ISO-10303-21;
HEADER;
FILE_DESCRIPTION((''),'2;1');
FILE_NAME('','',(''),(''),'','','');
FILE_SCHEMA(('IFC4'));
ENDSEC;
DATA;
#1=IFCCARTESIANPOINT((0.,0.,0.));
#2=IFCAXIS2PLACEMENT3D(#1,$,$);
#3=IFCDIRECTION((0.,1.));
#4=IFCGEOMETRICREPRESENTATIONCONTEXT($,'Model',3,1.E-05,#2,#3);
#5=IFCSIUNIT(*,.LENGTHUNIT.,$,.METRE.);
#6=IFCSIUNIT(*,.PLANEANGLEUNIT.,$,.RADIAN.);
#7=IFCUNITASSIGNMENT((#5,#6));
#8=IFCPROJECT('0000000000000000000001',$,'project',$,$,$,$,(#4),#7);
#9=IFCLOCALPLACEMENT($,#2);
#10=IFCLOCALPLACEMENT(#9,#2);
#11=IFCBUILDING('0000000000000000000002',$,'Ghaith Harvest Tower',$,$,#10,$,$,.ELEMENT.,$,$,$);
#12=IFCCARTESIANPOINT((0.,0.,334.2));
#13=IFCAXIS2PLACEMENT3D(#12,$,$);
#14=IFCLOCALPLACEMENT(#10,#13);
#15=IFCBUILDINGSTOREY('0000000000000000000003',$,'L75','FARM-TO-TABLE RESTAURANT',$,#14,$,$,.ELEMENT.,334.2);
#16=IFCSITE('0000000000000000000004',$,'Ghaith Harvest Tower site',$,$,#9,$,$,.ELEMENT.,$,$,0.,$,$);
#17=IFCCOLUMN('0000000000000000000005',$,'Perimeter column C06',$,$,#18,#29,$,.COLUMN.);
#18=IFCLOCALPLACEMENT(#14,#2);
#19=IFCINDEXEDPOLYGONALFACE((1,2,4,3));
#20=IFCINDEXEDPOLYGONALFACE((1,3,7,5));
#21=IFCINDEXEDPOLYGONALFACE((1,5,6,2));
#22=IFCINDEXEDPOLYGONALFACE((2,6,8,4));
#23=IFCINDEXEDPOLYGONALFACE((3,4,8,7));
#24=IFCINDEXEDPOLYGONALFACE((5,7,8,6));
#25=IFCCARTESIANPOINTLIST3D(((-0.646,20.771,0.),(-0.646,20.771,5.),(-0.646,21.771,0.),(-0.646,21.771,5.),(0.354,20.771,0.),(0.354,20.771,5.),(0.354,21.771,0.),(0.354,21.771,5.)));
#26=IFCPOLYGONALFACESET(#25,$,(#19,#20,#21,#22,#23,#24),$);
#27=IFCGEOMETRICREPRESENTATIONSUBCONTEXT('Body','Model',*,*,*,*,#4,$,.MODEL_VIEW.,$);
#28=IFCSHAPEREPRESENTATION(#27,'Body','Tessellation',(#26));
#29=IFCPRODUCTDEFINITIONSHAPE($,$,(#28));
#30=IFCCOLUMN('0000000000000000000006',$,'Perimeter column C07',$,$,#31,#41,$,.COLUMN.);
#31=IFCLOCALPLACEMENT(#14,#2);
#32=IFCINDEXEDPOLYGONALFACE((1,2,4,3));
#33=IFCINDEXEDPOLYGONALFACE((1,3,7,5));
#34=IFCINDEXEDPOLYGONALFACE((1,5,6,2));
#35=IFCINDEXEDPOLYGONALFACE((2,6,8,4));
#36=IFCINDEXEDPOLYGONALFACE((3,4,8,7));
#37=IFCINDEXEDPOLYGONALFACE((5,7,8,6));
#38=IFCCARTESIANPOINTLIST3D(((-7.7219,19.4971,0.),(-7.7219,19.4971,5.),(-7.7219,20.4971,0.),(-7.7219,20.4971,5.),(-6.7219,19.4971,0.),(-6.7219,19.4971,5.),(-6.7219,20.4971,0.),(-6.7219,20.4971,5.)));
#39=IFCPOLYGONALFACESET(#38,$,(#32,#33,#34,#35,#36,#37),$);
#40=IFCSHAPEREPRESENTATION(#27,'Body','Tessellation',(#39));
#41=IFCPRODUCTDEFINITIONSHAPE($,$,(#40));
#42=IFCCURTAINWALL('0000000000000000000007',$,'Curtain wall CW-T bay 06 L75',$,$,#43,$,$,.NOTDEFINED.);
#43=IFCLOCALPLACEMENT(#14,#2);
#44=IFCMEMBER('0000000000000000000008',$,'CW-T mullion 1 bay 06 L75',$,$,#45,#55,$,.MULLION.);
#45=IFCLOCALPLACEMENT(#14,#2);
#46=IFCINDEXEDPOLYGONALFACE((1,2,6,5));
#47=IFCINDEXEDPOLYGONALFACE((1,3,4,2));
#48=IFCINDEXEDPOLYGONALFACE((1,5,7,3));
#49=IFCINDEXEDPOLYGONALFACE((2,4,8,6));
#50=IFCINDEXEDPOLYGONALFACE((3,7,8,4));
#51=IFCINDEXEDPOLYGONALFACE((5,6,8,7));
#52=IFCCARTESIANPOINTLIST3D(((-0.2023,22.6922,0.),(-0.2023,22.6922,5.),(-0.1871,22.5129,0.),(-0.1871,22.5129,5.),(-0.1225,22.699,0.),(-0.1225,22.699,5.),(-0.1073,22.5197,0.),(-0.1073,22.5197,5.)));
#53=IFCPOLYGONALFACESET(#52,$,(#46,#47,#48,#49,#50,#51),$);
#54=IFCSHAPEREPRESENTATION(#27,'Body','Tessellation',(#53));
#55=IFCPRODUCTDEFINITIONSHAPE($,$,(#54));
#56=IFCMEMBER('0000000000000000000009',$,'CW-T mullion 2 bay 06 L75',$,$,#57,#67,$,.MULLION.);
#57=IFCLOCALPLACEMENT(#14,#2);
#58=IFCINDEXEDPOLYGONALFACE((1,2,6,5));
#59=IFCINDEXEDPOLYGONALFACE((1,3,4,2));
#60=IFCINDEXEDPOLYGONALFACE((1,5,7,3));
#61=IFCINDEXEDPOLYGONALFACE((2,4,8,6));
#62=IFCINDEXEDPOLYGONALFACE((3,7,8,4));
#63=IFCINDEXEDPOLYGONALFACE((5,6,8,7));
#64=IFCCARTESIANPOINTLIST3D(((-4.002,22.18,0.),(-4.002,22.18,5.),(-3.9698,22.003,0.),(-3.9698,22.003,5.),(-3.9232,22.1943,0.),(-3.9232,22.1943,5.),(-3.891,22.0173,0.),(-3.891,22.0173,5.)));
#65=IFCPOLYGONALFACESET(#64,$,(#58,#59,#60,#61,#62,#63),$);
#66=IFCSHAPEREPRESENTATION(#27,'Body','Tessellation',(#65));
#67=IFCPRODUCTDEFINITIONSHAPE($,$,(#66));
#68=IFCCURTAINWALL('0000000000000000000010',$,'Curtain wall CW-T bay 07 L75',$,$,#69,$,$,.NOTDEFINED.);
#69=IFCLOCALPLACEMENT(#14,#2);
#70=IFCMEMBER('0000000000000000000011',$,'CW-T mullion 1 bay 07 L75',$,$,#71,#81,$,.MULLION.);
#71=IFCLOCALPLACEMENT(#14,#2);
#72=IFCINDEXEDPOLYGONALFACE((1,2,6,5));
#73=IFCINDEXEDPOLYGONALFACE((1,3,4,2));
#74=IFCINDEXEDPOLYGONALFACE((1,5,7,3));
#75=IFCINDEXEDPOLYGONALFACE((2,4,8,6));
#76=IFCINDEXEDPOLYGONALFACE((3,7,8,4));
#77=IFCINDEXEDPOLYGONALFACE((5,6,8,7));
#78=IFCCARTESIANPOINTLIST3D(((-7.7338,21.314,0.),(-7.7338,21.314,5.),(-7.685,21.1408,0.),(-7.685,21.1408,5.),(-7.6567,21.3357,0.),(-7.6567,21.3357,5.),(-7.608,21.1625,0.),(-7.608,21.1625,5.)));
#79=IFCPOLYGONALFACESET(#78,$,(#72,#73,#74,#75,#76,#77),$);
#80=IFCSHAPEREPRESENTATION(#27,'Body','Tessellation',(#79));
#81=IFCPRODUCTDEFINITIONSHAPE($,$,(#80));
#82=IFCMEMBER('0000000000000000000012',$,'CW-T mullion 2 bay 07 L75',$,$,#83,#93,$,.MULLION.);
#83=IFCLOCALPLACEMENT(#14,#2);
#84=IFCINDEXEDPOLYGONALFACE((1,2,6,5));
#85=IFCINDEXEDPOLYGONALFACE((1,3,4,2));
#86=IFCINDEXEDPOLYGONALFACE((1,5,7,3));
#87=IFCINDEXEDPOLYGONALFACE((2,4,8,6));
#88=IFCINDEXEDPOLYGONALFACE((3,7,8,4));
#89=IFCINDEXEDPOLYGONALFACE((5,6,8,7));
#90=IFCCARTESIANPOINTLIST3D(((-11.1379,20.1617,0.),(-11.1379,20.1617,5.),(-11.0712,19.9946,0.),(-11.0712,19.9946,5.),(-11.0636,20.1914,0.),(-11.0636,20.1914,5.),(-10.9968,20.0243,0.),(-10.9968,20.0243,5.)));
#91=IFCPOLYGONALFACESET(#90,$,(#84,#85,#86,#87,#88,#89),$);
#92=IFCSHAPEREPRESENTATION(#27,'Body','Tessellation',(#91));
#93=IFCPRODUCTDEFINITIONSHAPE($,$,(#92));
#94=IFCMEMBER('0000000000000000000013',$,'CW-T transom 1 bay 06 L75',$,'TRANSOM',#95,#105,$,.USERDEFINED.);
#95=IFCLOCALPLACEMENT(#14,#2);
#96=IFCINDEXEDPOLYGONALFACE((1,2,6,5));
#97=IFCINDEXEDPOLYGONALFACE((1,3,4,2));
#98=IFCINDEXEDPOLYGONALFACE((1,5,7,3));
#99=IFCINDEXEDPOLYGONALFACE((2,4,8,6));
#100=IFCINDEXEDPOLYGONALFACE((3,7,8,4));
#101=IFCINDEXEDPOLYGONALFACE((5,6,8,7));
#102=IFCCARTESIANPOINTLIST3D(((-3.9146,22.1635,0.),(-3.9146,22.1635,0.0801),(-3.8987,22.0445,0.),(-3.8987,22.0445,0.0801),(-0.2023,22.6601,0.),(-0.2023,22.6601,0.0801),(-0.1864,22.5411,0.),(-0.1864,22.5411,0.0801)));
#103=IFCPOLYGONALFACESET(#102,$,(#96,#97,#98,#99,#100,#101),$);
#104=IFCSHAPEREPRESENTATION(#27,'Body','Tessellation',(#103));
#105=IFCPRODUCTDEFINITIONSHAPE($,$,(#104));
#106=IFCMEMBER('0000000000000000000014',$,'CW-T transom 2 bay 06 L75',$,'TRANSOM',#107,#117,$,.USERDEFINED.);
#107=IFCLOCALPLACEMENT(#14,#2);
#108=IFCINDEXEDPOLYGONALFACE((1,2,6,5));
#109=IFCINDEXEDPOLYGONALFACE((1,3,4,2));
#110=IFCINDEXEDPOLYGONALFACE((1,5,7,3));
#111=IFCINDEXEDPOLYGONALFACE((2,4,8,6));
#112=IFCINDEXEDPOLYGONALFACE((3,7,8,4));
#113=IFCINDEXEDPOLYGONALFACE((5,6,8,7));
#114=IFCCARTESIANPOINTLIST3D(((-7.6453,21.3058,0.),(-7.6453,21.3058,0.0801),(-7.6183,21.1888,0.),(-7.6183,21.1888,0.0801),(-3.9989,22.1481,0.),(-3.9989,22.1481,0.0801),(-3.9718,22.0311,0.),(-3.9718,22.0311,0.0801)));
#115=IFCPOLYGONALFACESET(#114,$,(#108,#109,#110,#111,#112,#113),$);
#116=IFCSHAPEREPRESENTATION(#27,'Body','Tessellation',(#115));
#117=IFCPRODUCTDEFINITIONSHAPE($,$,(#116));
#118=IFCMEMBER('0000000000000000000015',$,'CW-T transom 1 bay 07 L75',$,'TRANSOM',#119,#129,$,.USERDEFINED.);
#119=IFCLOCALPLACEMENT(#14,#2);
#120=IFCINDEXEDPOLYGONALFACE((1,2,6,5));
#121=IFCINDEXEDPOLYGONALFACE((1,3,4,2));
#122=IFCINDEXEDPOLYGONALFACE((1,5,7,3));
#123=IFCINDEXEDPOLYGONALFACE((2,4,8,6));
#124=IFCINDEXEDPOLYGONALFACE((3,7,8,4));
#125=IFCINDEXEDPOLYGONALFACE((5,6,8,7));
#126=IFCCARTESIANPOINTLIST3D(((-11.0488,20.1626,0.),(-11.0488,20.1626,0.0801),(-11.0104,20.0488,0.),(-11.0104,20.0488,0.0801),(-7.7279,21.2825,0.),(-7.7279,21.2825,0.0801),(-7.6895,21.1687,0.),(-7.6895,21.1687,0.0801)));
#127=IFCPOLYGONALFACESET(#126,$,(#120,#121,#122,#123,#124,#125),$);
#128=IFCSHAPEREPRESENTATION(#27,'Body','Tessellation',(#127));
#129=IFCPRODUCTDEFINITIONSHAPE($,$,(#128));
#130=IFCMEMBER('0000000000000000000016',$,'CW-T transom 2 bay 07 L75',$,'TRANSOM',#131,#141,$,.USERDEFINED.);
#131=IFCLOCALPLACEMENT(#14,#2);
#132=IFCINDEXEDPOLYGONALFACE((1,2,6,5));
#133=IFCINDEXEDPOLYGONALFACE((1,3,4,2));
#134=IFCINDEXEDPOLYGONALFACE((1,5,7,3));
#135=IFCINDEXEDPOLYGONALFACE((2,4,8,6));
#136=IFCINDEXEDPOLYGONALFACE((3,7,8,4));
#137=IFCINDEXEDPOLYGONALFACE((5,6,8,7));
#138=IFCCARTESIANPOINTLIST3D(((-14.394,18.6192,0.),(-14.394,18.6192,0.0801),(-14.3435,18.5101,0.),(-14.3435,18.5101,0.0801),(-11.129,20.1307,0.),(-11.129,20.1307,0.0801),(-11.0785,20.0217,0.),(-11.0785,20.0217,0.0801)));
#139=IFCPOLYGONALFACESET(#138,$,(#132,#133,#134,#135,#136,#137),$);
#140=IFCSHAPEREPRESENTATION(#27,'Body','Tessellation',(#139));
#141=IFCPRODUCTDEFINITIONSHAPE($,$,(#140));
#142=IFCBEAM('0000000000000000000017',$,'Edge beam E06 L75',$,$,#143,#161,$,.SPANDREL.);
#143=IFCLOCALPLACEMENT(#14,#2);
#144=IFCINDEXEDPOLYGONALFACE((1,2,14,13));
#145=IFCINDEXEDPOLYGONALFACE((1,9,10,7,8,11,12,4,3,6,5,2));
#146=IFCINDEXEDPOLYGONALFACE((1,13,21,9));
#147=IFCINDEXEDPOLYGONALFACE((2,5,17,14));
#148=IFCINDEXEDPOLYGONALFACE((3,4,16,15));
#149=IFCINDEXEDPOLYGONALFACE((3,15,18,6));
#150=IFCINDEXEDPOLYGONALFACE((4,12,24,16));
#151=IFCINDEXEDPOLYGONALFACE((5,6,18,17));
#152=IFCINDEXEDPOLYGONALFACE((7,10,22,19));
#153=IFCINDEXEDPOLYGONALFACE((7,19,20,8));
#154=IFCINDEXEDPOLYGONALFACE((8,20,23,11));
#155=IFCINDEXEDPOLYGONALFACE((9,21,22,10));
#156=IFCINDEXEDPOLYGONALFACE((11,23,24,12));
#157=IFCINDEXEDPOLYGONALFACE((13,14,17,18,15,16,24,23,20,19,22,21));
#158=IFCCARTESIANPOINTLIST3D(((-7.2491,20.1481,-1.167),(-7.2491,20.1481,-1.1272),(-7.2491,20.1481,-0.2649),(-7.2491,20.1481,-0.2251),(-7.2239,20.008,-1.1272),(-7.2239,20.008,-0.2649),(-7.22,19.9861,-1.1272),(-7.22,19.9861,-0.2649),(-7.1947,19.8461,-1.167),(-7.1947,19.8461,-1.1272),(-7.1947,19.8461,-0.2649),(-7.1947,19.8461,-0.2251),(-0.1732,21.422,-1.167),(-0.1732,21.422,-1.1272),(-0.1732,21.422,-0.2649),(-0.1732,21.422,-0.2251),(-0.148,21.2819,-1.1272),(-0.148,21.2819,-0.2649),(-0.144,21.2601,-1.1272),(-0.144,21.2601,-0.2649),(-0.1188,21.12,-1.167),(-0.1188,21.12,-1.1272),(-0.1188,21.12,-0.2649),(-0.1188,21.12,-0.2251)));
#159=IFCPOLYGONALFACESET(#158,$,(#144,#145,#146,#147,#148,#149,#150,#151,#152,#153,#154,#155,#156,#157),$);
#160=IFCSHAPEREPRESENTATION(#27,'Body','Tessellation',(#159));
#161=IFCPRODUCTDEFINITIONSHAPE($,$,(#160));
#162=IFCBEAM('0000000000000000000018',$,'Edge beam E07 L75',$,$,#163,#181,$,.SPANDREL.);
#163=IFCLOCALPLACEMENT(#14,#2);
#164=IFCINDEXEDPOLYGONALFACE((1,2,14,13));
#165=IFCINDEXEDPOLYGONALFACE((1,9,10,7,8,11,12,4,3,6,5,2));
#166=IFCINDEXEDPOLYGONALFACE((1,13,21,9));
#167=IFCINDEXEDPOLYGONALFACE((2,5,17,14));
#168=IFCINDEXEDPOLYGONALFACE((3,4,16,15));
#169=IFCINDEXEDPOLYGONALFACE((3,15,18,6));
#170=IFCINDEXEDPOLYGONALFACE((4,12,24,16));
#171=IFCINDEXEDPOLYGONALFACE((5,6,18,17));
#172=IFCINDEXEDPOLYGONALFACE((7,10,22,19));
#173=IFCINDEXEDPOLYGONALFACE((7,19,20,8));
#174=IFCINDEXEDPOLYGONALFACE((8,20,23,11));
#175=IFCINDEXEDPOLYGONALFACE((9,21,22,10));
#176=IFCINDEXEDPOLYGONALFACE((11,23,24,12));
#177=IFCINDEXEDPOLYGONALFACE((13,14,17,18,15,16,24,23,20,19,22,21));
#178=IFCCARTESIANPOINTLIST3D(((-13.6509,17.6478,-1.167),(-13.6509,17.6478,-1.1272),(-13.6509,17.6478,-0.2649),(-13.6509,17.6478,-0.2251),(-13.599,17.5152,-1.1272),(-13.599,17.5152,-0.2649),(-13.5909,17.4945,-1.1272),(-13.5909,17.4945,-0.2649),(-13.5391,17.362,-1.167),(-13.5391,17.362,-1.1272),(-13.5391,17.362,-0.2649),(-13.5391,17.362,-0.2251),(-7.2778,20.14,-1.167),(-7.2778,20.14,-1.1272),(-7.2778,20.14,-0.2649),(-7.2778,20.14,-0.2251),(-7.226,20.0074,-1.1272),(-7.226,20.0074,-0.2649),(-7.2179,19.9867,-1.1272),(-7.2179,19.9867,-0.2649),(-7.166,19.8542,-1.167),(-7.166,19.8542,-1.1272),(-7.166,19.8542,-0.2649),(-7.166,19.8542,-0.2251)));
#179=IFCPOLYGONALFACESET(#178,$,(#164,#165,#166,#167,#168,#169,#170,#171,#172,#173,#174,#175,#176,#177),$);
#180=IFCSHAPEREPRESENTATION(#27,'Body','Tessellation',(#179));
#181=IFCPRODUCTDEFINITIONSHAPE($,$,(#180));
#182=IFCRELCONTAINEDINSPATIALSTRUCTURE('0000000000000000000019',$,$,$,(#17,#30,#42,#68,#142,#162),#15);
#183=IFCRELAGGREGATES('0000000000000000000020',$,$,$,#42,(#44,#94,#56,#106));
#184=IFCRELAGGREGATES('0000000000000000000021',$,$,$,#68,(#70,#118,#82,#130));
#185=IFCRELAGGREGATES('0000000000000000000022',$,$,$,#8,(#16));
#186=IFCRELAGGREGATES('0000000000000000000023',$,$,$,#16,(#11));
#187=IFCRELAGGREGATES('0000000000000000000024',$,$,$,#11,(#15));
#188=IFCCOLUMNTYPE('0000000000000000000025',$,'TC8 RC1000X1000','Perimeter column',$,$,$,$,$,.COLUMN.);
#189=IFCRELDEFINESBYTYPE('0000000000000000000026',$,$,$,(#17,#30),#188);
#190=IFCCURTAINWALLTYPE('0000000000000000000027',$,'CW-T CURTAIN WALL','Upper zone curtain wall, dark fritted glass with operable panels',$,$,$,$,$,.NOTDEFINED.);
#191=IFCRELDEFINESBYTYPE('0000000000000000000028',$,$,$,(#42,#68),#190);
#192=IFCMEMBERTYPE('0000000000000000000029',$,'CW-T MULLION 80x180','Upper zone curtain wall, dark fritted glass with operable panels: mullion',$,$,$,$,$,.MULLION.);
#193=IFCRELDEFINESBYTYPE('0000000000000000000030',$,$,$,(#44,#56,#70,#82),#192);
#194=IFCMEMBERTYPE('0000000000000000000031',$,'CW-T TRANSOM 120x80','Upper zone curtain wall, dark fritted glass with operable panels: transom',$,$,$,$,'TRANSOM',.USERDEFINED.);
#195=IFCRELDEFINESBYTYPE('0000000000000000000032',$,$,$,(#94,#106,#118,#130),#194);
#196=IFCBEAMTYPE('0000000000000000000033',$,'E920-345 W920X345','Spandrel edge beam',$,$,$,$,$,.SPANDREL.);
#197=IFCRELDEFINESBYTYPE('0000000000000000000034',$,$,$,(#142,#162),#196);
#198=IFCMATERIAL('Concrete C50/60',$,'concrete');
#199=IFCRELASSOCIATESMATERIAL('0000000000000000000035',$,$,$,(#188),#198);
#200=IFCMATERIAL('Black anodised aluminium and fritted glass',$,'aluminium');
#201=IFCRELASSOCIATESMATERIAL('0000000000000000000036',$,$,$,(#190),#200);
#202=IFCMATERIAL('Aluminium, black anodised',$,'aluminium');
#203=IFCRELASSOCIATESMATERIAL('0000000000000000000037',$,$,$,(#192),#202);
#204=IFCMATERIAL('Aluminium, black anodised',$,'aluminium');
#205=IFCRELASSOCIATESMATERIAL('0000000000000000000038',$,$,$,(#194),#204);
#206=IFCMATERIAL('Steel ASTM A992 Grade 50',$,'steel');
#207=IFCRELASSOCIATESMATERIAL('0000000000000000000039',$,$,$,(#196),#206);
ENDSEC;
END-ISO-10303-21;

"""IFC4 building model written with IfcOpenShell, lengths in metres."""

from ifc_helpers import new_model, si_unit, direction, frame, origin, origin_2d, place, context, subcontext, project, spatial, rectangle, i_section, extrude, material, material_profile, profile_set, type_object, element, aggregate, save


model = new_model("IFC4")

# Units and contexts
model_context = context("Model", 3, precision=1e-05, world=origin(), true_north=direction((0.0, 1.0)))
body_context = subcontext(model_context, "Body", "Model", "MODEL_VIEW")
ifc_project = project(units=[si_unit("LENGTHUNIT", "METRE"), si_unit("PLANEANGLEUNIT", "RADIAN")], contexts=[model_context])

# Site, building, storey
site_placement = place(None, origin())
site = spatial("IfcSite", under=ifc_project, at=site_placement, Name="Ghaith Harvest Tower site", CompositionType="ELEMENT", RefElevation=0.0)
building_placement = place(site_placement, origin())
building = spatial("IfcBuilding", under=site, at=building_placement, Name="Ghaith Harvest Tower", CompositionType="ELEMENT")
storey_placement = place(building_placement, frame((0.0, 0.0, 334.2)))
storey = spatial("IfcBuildingStorey", under=building, at=storey_placement, Name="L75", Description="FARM-TO-TABLE RESTAURANT", CompositionType="ELEMENT", Elevation=334.2)

# Columns
ifc_material_1 = material(Name="Concrete C50/60", Category="concrete")
ifc_material_profile_1 = material_profile(ifc_material_1, rectangle(XDim=1.0, YDim=1.0, at=origin_2d()), Name="RC1000X1000")
ifc_profile_set_1 = profile_set([ifc_material_profile_1], Name="Concrete C50/60")
column_type = type_object("IfcColumnType", Name="TC8 RC1000X1000", Description="Perimeter column", PredefinedType="COLUMN", material=ifc_profile_set_1)
for number, where, z_axis, x_axis, name in (
    (1, (-0.146, 21.271, 0.0), (0.0, 0.0, 1.0), (1.0, 0.0, 0.0), "Perimeter column C06"),
    (2, (-7.2219, 19.9971, 0.0), (0.0, 0.0, 1.0), (1.0, 0.0, 0.0), "Perimeter column C07"),
):
    element("IfcColumn", number, at=place(storey_placement, frame(where, z_axis=z_axis, x_axis=x_axis)), inside=storey, type_object=column_type, Name=name, PredefinedType="COLUMN", context=body_context, shape_type="SweptSolid", body=[
        extrude(rectangle(XDim=1.0, YDim=1.0, at=origin_2d()), origin(), (0.0, 0.0, 1.0), 5.0),
    ])

# Curtain walls, members
ifc_material_2 = material(Name="Black anodised aluminium and fritted glass", Category="aluminium")
curtain_wall_type = type_object("IfcCurtainWallType", Name="CW-T CURTAIN WALL", Description="Upper zone curtain wall, dark fritted glass with operable panels", PredefinedType="NOTDEFINED", material=ifc_material_2)
curtain_wall_1_placement = place(storey_placement, origin())
curtain_wall_1 = element("IfcCurtainWall", 3, at=curtain_wall_1_placement, inside=storey, type_object=curtain_wall_type, Name="Curtain wall CW-T bay 06 L75", PredefinedType="NOTDEFINED")
ifc_material_3 = material(Name="Aluminium, black anodised", Category="aluminium")
ifc_material_profile_2 = material_profile(ifc_material_3, rectangle(XDim=0.0801, YDim=0.1799, at=origin_2d()), Name="CW-T MULLION 80x180")
ifc_profile_set_2 = profile_set([ifc_material_profile_2], Name="Aluminium, black anodised")
member_type_1 = type_object("IfcMemberType", Name="CW-T MULLION 80x180", Description="Upper zone curtain wall, dark fritted glass with operable panels: mullion", PredefinedType="MULLION", material=ifc_profile_set_2)
member_1_placement = place(storey_placement, frame((-0.1548, 22.606, 0.0), z_axis=(0.0, 0.0, 1.0), x_axis=(-0.996415, -0.084602, 0.0)))
member_1 = element("IfcMember", 4, at=member_1_placement, type_object=member_type_1, Name="CW-T mullion 1 bay 06 L75", PredefinedType="MULLION", context=body_context, shape_type="SweptSolid", body=[
    extrude(rectangle(XDim=0.0801, YDim=0.1799, at=origin_2d()), origin(), (0.0, 0.0, 1.0), 5.0),
])
member_2_placement = place(storey_placement, frame((-3.9465, 22.0986, 0.0), z_axis=(0.0, 0.0, 1.0), x_axis=(-0.983843, -0.179031, 0.0)))
member_2 = element("IfcMember", 5, at=member_2_placement, type_object=member_type_1, Name="CW-T mullion 2 bay 06 L75", PredefinedType="MULLION", context=body_context, shape_type="SweptSolid", body=[
    extrude(rectangle(XDim=0.0801, YDim=0.1799, at=origin_2d()), origin(), (0.0, 0.0, 1.0), 5.0),
])
curtain_wall_2_placement = place(storey_placement, origin())
curtain_wall_2 = element("IfcCurtainWall", 6, at=curtain_wall_2_placement, inside=storey, type_object=curtain_wall_type, Name="Curtain wall CW-T bay 07 L75", PredefinedType="NOTDEFINED")
member_3_placement = place(storey_placement, frame((-7.6709, 21.2383, 0.0), z_axis=(0.0, 0.0, 1.0), x_axis=(-0.962552, -0.271095, 0.0)))
member_3 = element("IfcMember", 7, at=member_3_placement, type_object=member_type_1, Name="CW-T mullion 1 bay 07 L75", PredefinedType="MULLION", context=body_context, shape_type="SweptSolid", body=[
    extrude(rectangle(XDim=0.0801, YDim=0.1799, at=origin_2d()), origin(), (0.0, 0.0, 1.0), 5.0),
])
member_4_placement = place(storey_placement, frame((-11.0674, 20.093, 0.0), z_axis=(0.0, 0.0, 1.0), x_axis=(-0.928624, -0.371021, 0.0)))
member_4 = element("IfcMember", 8, at=member_4_placement, type_object=member_type_1, Name="CW-T mullion 2 bay 07 L75", PredefinedType="MULLION", context=body_context, shape_type="SweptSolid", body=[
    extrude(rectangle(XDim=0.0801, YDim=0.1799, at=origin_2d()), origin(), (0.0, 0.0, 1.0), 5.0),
])

# Members
ifc_material_4 = material(Name="Aluminium, black anodised", Category="aluminium")
ifc_material_profile_3 = material_profile(ifc_material_4, rectangle(XDim=0.1201, YDim=0.0801, at=origin_2d()), Name="CW-T TRANSOM 120x80")
ifc_profile_set_3 = profile_set([ifc_material_profile_3], Name="Aluminium, black anodised")
member_type_2 = type_object("IfcMemberType", Name="CW-T TRANSOM 120x80", Description="Upper zone curtain wall, dark fritted glass with operable panels: transom", ElementType="TRANSOM", PredefinedType="USERDEFINED", material=ifc_profile_set_3)
member_5_placement = place(storey_placement, frame((-0.1943, 22.6006, 0.04), z_axis=(-0.991172, -0.132582, 0.0), x_axis=(0.132582, -0.991172, 0.0)))
member_5 = element("IfcMember", 9, at=member_5_placement, type_object=member_type_2, Name="CW-T transom 1 bay 06 L75", ObjectType="TRANSOM", PredefinedType="USERDEFINED", context=body_context, shape_type="SweptSolid", body=[
    extrude(rectangle(XDim=0.1201, YDim=0.0801, at=origin_2d()), origin(), (0.0, 0.0, 1.0), 3.7454),
])
member_6_placement = place(storey_placement, frame((-3.9854, 22.0896, 0.04), z_axis=(-0.974345, -0.22506, 0.0), x_axis=(0.22506, -0.974345, 0.0)))
member_6 = element("IfcMember", 10, at=member_6_placement, type_object=member_type_2, Name="CW-T transom 2 bay 06 L75", ObjectType="TRANSOM", PredefinedType="USERDEFINED", context=body_context, shape_type="SweptSolid", body=[
    extrude(rectangle(XDim=0.1201, YDim=0.0801, at=origin_2d()), origin(), (0.0, 0.0, 1.0), 3.7424),
])
member_7_placement = place(storey_placement, frame((-7.7087, 21.2256, 0.04), z_axis=(-0.94757, -0.319549, 0.0), x_axis=(0.319549, -0.94757, 0.0)))
member_7 = element("IfcMember", 11, at=member_7_placement, type_object=member_type_2, Name="CW-T transom 1 bay 07 L75", ObjectType="TRANSOM", PredefinedType="USERDEFINED", context=body_context, shape_type="SweptSolid", body=[
    extrude(rectangle(XDim=0.1201, YDim=0.0801, at=origin_2d()), origin(), (0.0, 0.0, 1.0), 3.5046),
])
member_8_placement = place(storey_placement, frame((-11.1038, 20.0762, 0.04), z_axis=(-0.907472, -0.420112, 0.0), x_axis=(0.420112, -0.907472, 0.0)))
member_8 = element("IfcMember", 12, at=member_8_placement, type_object=member_type_2, Name="CW-T transom 2 bay 07 L75", ObjectType="TRANSOM", PredefinedType="USERDEFINED", context=body_context, shape_type="SweptSolid", body=[
    extrude(rectangle(XDim=0.1201, YDim=0.0801, at=origin_2d()), origin(), (0.0, 0.0, 1.0), 3.5979),
])

# Beams
ifc_material_5 = material(Name="Steel ASTM A992 Grade 50", Category="steel")
ifc_material_profile_4 = material_profile(ifc_material_5, i_section(OverallWidth=0.3069, OverallDepth=0.9419, WebThickness=0.0222, FlangeThickness=0.0398, at=origin_2d()), Name="W920X345")
ifc_profile_set_4 = profile_set([ifc_material_profile_4], Name="Steel ASTM A992 Grade 50")
beam_type_1 = type_object("IfcBeamType", Name="E920-345 W920X345", Description="Spandrel edge beam", PredefinedType="SPANDREL", material=ifc_profile_set_4)
beam_1_placement = place(storey_placement, frame((-0.146, 21.271, -0.696), z_axis=(-0.984177, -0.177188, 0.0), x_axis=(0.177188, -0.984177, 0.0)))
element("IfcBeam", 13, at=beam_1_placement, inside=storey, type_object=beam_type_1, Name="Edge beam E06 L75", PredefinedType="SPANDREL", context=body_context, shape_type="SweptSolid", body=[
    extrude(i_section(OverallWidth=0.3069, OverallDepth=0.9419, WebThickness=0.0222, FlangeThickness=0.0398, at=origin_2d()), origin(), (0.0, 0.0, 1.0), 7.1897),
])
beam_2_placement = place(storey_placement, frame((-7.2219, 19.9971, -0.696), z_axis=(-0.931323, -0.364195, 0.0), x_axis=(0.364195, -0.931323, 0.0)))
element("IfcBeam", 14, at=beam_2_placement, inside=storey, type_object=beam_type_1, Name="Edge beam E07 L75", PredefinedType="SPANDREL", context=body_context, shape_type="SweptSolid", body=[
    extrude(i_section(OverallWidth=0.3069, OverallDepth=0.9419, WebThickness=0.0222, FlangeThickness=0.0398, at=origin_2d()), origin(), (0.0, 0.0, 1.0), 6.843),
])

aggregate(curtain_wall_1, [member_1, member_5, member_2, member_6])
aggregate(curtain_wall_2, [member_3, member_7, member_4, member_8])

save(model, "model.ifc")
